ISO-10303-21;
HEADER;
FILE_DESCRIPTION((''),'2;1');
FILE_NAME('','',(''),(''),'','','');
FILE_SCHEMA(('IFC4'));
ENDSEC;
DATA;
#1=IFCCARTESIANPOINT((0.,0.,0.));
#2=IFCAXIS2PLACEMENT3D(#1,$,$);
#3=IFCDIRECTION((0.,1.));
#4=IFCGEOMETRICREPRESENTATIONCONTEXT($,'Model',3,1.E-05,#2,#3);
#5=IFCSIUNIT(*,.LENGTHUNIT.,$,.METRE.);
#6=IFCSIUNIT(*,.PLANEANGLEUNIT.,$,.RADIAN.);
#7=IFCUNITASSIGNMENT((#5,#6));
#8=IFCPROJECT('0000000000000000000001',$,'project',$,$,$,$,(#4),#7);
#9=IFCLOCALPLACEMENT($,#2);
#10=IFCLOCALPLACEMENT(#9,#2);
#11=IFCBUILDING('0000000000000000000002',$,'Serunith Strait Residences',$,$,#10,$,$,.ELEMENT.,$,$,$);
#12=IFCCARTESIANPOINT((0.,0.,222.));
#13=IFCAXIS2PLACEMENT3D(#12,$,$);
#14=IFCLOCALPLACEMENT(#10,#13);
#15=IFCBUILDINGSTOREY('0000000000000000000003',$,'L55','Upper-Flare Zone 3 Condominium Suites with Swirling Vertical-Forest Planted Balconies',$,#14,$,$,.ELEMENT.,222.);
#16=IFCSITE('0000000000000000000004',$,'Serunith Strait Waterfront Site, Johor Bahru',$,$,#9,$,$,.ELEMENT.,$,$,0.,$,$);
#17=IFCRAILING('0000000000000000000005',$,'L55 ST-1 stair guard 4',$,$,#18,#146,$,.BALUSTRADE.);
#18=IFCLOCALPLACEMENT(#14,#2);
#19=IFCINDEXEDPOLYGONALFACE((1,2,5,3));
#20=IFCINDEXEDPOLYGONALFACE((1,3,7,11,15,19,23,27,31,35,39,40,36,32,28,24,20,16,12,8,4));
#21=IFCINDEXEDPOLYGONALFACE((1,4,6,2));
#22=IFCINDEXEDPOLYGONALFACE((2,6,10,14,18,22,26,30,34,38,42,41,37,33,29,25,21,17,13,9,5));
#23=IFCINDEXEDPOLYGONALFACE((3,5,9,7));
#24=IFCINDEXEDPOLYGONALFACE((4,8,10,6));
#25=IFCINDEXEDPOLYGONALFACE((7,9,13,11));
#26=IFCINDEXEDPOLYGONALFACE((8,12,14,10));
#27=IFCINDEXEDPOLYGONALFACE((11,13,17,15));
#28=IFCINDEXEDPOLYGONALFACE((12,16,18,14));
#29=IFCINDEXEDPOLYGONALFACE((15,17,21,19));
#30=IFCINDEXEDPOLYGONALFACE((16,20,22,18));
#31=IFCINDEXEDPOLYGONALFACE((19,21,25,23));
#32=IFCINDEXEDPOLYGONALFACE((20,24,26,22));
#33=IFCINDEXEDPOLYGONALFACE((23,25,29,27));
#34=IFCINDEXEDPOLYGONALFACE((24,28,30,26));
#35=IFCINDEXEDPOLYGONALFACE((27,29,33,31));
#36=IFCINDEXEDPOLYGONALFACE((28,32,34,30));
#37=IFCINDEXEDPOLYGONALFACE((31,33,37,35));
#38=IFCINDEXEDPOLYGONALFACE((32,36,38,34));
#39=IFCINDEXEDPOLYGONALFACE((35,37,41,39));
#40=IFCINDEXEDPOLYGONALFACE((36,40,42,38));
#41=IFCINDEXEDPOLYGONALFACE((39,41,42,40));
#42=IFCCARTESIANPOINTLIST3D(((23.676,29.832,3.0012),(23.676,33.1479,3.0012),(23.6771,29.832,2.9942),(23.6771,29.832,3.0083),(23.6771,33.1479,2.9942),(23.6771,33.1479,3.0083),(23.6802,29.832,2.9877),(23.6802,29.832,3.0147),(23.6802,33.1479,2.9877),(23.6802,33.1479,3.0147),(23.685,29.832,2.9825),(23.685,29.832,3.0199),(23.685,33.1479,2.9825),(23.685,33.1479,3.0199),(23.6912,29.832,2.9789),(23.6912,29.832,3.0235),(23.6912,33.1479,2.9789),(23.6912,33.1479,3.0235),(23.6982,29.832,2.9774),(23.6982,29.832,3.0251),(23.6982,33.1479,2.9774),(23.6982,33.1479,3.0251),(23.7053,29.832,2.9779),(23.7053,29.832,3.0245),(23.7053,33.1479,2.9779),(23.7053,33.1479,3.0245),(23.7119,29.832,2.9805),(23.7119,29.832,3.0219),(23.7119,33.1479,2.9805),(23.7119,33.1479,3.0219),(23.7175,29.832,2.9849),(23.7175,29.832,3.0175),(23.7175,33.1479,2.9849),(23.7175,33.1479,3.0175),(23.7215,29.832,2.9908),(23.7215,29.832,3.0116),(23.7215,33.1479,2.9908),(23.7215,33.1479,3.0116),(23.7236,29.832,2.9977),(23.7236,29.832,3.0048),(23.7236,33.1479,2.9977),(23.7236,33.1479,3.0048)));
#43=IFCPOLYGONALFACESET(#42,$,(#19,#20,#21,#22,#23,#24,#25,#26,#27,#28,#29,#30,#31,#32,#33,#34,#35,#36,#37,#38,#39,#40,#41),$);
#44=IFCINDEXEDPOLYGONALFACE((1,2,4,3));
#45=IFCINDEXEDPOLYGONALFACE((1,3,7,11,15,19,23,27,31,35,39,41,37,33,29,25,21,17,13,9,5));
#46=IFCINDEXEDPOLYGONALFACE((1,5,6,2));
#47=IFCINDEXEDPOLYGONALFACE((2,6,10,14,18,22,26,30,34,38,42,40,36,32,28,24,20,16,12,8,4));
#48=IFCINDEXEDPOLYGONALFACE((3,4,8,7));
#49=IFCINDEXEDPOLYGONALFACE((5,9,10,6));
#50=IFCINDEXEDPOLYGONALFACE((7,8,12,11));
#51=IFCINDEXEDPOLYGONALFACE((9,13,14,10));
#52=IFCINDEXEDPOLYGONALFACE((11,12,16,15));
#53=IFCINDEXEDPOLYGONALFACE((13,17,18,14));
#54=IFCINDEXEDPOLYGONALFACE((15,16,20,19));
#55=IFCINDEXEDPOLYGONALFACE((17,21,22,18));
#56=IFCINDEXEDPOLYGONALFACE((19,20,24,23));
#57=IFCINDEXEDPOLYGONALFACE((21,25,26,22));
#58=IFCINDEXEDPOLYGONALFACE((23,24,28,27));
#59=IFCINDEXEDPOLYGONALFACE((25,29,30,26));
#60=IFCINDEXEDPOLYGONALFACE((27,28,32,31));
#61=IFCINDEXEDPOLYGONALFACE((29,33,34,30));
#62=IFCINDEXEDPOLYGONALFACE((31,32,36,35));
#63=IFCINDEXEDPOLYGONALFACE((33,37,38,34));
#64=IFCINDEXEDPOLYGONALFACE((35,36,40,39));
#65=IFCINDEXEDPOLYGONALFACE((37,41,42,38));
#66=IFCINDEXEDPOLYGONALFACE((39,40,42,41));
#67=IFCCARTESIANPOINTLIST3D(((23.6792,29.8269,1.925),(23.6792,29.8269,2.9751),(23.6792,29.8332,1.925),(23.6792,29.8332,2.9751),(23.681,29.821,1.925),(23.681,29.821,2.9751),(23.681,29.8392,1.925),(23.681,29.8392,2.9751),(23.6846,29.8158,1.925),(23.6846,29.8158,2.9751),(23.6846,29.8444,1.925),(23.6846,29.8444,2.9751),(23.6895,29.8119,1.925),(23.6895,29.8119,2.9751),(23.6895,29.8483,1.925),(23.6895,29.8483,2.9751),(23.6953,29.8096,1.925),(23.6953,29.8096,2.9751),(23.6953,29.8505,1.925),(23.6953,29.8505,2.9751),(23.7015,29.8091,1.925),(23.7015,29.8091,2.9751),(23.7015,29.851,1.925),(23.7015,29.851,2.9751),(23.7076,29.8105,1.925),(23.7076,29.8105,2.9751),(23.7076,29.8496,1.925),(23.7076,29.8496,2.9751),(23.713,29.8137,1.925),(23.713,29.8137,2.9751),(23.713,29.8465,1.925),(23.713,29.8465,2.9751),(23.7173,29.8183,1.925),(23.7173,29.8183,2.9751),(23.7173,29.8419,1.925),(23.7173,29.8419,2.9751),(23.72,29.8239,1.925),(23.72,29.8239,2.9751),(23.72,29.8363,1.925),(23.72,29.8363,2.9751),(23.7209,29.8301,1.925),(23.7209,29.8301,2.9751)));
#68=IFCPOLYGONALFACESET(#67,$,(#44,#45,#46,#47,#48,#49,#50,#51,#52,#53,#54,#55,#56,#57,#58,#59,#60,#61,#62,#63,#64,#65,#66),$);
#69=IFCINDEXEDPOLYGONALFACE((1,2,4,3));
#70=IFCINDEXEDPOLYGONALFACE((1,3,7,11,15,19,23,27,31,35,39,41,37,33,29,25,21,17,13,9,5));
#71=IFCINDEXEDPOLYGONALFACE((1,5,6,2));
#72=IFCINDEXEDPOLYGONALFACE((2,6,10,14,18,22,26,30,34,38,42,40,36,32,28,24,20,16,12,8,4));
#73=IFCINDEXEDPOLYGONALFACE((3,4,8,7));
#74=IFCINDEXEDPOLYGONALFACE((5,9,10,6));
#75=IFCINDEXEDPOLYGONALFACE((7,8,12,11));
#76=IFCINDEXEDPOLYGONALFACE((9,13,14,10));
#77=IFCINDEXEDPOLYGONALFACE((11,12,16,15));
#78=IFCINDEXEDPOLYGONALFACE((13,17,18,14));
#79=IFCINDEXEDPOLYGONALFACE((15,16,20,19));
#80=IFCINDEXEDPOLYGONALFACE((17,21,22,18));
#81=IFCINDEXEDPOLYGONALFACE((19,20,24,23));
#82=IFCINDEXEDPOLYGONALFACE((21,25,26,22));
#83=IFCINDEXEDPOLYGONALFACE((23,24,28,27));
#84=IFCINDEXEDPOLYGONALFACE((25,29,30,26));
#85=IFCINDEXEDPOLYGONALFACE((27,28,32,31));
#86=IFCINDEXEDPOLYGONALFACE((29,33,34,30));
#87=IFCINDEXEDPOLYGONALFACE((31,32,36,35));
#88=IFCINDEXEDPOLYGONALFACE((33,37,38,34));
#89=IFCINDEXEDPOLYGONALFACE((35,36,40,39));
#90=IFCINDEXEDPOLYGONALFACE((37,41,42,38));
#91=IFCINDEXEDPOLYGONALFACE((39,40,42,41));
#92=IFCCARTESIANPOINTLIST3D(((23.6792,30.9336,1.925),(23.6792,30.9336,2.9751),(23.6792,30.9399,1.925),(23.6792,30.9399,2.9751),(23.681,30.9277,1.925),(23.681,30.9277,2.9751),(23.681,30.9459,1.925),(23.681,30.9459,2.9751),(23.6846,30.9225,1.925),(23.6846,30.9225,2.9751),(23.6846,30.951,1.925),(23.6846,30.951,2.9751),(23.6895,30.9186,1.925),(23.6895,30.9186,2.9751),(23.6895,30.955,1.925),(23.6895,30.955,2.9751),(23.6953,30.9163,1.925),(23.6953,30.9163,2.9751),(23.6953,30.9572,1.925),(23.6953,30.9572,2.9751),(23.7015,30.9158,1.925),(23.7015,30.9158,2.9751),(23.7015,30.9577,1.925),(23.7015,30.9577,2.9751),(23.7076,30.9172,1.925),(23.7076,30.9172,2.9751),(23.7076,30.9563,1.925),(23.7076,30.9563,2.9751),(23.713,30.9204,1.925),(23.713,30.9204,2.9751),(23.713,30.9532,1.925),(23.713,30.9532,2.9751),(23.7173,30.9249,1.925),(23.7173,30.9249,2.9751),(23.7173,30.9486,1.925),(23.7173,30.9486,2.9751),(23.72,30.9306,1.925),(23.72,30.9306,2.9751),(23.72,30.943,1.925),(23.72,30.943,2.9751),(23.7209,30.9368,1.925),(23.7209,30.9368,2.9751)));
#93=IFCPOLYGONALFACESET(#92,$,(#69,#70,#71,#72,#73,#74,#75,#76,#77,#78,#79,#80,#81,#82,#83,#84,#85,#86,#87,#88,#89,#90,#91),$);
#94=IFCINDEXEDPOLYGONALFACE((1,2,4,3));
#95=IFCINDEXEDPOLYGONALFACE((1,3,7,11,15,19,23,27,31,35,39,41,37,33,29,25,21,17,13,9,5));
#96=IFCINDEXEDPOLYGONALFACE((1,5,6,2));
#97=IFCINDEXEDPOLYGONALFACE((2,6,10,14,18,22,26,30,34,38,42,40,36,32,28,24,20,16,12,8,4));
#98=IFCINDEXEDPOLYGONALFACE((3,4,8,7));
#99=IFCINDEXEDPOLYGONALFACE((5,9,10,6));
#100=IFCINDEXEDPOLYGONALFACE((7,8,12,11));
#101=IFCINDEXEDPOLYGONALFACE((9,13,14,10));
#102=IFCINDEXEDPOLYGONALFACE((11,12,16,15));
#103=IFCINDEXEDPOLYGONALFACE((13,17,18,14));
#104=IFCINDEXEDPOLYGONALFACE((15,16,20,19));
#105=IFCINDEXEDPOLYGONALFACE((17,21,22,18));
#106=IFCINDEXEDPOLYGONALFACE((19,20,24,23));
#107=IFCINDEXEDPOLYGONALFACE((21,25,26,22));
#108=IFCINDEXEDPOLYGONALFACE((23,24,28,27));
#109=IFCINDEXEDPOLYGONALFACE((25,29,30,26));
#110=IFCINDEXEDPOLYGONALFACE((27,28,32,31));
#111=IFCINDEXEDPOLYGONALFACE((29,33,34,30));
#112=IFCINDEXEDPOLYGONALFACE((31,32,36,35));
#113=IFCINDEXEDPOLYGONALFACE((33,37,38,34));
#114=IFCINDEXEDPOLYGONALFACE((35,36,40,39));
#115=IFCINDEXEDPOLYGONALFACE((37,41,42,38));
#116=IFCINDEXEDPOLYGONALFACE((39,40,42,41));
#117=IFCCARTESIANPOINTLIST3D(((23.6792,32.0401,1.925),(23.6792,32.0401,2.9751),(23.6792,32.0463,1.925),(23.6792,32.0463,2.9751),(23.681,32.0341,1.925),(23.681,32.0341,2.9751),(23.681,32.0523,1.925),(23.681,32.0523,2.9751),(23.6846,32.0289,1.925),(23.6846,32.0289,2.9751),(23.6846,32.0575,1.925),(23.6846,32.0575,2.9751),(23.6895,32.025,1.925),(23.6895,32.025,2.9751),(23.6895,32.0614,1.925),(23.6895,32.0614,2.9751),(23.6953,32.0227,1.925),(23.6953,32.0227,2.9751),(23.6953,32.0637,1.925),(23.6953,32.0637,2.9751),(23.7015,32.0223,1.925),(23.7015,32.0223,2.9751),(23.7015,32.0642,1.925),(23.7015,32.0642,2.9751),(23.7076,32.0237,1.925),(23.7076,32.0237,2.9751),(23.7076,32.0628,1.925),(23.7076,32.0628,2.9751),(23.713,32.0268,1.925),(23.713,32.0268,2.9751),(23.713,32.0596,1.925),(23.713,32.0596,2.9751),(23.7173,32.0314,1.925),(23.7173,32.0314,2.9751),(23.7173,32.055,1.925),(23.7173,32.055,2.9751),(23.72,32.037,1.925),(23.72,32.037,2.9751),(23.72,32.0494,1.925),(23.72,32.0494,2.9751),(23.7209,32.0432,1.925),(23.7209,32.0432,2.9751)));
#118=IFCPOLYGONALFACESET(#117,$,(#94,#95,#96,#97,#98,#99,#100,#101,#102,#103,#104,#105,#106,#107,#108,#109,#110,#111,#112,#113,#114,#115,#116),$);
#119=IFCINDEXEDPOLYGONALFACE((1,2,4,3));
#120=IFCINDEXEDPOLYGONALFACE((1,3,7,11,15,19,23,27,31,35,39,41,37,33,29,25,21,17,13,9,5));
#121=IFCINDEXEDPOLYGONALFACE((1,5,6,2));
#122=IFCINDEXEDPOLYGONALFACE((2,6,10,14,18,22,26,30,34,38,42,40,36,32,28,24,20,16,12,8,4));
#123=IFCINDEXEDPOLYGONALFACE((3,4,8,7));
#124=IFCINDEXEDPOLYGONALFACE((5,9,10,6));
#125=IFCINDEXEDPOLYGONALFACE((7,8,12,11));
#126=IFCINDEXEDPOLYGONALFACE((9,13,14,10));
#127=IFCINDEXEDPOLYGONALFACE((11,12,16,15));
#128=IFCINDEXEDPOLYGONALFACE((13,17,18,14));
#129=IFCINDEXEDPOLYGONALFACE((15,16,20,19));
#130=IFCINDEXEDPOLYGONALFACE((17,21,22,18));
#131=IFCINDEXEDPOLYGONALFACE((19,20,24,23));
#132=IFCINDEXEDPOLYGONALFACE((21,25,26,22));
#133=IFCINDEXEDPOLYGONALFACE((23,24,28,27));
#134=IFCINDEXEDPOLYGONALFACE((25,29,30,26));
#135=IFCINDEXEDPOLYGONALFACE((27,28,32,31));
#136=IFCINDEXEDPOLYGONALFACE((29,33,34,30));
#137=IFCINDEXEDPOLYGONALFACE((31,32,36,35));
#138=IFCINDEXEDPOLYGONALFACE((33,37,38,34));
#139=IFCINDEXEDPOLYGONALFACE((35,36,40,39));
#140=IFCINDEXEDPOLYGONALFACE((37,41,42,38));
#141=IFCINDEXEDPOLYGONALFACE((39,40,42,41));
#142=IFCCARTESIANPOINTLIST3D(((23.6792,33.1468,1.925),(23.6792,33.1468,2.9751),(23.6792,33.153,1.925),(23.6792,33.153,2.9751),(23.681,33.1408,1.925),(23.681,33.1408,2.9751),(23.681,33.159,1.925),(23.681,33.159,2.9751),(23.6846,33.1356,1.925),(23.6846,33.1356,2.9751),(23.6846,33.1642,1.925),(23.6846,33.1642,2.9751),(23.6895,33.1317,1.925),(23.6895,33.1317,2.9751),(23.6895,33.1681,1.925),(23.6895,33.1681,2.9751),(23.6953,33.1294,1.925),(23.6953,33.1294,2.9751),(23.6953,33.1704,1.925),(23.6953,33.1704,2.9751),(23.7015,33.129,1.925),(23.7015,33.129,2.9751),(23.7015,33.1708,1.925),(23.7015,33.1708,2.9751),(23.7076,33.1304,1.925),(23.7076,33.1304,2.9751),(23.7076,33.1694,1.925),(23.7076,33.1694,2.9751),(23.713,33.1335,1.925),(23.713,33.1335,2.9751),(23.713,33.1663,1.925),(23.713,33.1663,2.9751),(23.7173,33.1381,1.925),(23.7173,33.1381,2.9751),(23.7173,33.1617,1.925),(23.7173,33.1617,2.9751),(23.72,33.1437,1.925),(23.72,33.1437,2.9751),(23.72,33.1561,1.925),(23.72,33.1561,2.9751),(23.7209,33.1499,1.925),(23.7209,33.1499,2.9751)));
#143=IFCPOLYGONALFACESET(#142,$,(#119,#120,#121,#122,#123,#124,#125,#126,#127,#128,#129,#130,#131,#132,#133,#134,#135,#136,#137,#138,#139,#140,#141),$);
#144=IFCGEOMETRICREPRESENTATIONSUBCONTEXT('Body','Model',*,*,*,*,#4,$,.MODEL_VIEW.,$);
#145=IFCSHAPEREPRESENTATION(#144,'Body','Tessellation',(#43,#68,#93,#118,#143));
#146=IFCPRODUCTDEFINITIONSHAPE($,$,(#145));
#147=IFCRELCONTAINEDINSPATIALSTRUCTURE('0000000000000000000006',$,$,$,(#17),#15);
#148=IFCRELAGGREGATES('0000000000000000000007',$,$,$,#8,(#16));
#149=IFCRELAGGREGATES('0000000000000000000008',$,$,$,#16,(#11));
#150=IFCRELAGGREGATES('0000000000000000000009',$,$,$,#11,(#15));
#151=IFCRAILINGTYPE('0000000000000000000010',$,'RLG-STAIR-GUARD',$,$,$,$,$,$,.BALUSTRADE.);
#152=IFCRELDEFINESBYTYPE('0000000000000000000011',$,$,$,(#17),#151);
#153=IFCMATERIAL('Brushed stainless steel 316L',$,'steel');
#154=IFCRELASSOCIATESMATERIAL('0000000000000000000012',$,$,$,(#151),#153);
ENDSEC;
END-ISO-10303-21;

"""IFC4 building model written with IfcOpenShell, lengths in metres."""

from ifc_helpers import new_model, si_unit, direction, frame, origin, origin_2d, place, context, subcontext, project, spatial, circle, extrude, material, type_object, element, save


model = new_model("IFC4")

# Units and contexts
model_context = context("Model", 3, precision=1e-05, world=origin(), true_north=direction((0.0, 1.0)))
body_context = subcontext(model_context, "Body", "Model", "MODEL_VIEW")
ifc_project = project(units=[si_unit("LENGTHUNIT", "METRE"), si_unit("PLANEANGLEUNIT", "RADIAN")], contexts=[model_context])

# Site, building, storey
site_placement = place(None, origin())
site = spatial("IfcSite", under=ifc_project, at=site_placement, Name="Serunith Strait Waterfront Site, Johor Bahru", CompositionType="ELEMENT", RefElevation=0.0)
building_placement = place(site_placement, origin())
building = spatial("IfcBuilding", under=site, at=building_placement, Name="Serunith Strait Residences", CompositionType="ELEMENT")
storey_placement = place(building_placement, frame((0.0, 0.0, 222.0)))
storey = spatial("IfcBuildingStorey", under=building, at=storey_placement, Name="L55", Description="Upper-Flare Zone 3 Condominium Suites with Swirling Vertical-Forest Planted Balconies", CompositionType="ELEMENT", Elevation=222.0)

# Railing
ifc_material_1 = material(Name="Brushed stainless steel 316L", Category="steel")
railing_type_1 = type_object("IfcRailingType", Name="RLG-STAIR-GUARD", PredefinedType="BALUSTRADE", material=ifc_material_1)
for number, where, name in (
    (1, (23.7, 29.8301, 1.925), "L55 ST-1 stair guard 4"),
):
    element("IfcRailing", number, at=place(storey_placement, frame(where)), inside=storey, type_object=railing_type_1, Name=name, PredefinedType="BALUSTRADE", context=body_context, shape_type="SweptSolid", body=[
        extrude(circle(Radius=0.0239, at=origin_2d()), frame((0.0, 0.002, 1.0762), z_axis=(0.0, 1.0, 0.0), x_axis=(-1.0, 0.0, 0.0)), (0.0, 0.0, 1.0), 3.3159),
        extrude(circle(Radius=0.021, at=origin_2d()), origin(), (0.0, 0.0, 1.0), 1.05),
        extrude(circle(Radius=0.021, at=origin_2d()), frame((0.0, 1.1067, 0.0)), (0.0, 0.0, 1.0), 1.05),
        extrude(circle(Radius=0.021, at=origin_2d()), frame((0.0, 2.2131, 0.0)), (0.0, 0.0, 1.0), 1.05),
        extrude(circle(Radius=0.021, at=origin_2d()), frame((0.0, 3.3198, 0.0)), (0.0, 0.0, 1.0), 1.05),
    ])

save(model, "model.ifc")
